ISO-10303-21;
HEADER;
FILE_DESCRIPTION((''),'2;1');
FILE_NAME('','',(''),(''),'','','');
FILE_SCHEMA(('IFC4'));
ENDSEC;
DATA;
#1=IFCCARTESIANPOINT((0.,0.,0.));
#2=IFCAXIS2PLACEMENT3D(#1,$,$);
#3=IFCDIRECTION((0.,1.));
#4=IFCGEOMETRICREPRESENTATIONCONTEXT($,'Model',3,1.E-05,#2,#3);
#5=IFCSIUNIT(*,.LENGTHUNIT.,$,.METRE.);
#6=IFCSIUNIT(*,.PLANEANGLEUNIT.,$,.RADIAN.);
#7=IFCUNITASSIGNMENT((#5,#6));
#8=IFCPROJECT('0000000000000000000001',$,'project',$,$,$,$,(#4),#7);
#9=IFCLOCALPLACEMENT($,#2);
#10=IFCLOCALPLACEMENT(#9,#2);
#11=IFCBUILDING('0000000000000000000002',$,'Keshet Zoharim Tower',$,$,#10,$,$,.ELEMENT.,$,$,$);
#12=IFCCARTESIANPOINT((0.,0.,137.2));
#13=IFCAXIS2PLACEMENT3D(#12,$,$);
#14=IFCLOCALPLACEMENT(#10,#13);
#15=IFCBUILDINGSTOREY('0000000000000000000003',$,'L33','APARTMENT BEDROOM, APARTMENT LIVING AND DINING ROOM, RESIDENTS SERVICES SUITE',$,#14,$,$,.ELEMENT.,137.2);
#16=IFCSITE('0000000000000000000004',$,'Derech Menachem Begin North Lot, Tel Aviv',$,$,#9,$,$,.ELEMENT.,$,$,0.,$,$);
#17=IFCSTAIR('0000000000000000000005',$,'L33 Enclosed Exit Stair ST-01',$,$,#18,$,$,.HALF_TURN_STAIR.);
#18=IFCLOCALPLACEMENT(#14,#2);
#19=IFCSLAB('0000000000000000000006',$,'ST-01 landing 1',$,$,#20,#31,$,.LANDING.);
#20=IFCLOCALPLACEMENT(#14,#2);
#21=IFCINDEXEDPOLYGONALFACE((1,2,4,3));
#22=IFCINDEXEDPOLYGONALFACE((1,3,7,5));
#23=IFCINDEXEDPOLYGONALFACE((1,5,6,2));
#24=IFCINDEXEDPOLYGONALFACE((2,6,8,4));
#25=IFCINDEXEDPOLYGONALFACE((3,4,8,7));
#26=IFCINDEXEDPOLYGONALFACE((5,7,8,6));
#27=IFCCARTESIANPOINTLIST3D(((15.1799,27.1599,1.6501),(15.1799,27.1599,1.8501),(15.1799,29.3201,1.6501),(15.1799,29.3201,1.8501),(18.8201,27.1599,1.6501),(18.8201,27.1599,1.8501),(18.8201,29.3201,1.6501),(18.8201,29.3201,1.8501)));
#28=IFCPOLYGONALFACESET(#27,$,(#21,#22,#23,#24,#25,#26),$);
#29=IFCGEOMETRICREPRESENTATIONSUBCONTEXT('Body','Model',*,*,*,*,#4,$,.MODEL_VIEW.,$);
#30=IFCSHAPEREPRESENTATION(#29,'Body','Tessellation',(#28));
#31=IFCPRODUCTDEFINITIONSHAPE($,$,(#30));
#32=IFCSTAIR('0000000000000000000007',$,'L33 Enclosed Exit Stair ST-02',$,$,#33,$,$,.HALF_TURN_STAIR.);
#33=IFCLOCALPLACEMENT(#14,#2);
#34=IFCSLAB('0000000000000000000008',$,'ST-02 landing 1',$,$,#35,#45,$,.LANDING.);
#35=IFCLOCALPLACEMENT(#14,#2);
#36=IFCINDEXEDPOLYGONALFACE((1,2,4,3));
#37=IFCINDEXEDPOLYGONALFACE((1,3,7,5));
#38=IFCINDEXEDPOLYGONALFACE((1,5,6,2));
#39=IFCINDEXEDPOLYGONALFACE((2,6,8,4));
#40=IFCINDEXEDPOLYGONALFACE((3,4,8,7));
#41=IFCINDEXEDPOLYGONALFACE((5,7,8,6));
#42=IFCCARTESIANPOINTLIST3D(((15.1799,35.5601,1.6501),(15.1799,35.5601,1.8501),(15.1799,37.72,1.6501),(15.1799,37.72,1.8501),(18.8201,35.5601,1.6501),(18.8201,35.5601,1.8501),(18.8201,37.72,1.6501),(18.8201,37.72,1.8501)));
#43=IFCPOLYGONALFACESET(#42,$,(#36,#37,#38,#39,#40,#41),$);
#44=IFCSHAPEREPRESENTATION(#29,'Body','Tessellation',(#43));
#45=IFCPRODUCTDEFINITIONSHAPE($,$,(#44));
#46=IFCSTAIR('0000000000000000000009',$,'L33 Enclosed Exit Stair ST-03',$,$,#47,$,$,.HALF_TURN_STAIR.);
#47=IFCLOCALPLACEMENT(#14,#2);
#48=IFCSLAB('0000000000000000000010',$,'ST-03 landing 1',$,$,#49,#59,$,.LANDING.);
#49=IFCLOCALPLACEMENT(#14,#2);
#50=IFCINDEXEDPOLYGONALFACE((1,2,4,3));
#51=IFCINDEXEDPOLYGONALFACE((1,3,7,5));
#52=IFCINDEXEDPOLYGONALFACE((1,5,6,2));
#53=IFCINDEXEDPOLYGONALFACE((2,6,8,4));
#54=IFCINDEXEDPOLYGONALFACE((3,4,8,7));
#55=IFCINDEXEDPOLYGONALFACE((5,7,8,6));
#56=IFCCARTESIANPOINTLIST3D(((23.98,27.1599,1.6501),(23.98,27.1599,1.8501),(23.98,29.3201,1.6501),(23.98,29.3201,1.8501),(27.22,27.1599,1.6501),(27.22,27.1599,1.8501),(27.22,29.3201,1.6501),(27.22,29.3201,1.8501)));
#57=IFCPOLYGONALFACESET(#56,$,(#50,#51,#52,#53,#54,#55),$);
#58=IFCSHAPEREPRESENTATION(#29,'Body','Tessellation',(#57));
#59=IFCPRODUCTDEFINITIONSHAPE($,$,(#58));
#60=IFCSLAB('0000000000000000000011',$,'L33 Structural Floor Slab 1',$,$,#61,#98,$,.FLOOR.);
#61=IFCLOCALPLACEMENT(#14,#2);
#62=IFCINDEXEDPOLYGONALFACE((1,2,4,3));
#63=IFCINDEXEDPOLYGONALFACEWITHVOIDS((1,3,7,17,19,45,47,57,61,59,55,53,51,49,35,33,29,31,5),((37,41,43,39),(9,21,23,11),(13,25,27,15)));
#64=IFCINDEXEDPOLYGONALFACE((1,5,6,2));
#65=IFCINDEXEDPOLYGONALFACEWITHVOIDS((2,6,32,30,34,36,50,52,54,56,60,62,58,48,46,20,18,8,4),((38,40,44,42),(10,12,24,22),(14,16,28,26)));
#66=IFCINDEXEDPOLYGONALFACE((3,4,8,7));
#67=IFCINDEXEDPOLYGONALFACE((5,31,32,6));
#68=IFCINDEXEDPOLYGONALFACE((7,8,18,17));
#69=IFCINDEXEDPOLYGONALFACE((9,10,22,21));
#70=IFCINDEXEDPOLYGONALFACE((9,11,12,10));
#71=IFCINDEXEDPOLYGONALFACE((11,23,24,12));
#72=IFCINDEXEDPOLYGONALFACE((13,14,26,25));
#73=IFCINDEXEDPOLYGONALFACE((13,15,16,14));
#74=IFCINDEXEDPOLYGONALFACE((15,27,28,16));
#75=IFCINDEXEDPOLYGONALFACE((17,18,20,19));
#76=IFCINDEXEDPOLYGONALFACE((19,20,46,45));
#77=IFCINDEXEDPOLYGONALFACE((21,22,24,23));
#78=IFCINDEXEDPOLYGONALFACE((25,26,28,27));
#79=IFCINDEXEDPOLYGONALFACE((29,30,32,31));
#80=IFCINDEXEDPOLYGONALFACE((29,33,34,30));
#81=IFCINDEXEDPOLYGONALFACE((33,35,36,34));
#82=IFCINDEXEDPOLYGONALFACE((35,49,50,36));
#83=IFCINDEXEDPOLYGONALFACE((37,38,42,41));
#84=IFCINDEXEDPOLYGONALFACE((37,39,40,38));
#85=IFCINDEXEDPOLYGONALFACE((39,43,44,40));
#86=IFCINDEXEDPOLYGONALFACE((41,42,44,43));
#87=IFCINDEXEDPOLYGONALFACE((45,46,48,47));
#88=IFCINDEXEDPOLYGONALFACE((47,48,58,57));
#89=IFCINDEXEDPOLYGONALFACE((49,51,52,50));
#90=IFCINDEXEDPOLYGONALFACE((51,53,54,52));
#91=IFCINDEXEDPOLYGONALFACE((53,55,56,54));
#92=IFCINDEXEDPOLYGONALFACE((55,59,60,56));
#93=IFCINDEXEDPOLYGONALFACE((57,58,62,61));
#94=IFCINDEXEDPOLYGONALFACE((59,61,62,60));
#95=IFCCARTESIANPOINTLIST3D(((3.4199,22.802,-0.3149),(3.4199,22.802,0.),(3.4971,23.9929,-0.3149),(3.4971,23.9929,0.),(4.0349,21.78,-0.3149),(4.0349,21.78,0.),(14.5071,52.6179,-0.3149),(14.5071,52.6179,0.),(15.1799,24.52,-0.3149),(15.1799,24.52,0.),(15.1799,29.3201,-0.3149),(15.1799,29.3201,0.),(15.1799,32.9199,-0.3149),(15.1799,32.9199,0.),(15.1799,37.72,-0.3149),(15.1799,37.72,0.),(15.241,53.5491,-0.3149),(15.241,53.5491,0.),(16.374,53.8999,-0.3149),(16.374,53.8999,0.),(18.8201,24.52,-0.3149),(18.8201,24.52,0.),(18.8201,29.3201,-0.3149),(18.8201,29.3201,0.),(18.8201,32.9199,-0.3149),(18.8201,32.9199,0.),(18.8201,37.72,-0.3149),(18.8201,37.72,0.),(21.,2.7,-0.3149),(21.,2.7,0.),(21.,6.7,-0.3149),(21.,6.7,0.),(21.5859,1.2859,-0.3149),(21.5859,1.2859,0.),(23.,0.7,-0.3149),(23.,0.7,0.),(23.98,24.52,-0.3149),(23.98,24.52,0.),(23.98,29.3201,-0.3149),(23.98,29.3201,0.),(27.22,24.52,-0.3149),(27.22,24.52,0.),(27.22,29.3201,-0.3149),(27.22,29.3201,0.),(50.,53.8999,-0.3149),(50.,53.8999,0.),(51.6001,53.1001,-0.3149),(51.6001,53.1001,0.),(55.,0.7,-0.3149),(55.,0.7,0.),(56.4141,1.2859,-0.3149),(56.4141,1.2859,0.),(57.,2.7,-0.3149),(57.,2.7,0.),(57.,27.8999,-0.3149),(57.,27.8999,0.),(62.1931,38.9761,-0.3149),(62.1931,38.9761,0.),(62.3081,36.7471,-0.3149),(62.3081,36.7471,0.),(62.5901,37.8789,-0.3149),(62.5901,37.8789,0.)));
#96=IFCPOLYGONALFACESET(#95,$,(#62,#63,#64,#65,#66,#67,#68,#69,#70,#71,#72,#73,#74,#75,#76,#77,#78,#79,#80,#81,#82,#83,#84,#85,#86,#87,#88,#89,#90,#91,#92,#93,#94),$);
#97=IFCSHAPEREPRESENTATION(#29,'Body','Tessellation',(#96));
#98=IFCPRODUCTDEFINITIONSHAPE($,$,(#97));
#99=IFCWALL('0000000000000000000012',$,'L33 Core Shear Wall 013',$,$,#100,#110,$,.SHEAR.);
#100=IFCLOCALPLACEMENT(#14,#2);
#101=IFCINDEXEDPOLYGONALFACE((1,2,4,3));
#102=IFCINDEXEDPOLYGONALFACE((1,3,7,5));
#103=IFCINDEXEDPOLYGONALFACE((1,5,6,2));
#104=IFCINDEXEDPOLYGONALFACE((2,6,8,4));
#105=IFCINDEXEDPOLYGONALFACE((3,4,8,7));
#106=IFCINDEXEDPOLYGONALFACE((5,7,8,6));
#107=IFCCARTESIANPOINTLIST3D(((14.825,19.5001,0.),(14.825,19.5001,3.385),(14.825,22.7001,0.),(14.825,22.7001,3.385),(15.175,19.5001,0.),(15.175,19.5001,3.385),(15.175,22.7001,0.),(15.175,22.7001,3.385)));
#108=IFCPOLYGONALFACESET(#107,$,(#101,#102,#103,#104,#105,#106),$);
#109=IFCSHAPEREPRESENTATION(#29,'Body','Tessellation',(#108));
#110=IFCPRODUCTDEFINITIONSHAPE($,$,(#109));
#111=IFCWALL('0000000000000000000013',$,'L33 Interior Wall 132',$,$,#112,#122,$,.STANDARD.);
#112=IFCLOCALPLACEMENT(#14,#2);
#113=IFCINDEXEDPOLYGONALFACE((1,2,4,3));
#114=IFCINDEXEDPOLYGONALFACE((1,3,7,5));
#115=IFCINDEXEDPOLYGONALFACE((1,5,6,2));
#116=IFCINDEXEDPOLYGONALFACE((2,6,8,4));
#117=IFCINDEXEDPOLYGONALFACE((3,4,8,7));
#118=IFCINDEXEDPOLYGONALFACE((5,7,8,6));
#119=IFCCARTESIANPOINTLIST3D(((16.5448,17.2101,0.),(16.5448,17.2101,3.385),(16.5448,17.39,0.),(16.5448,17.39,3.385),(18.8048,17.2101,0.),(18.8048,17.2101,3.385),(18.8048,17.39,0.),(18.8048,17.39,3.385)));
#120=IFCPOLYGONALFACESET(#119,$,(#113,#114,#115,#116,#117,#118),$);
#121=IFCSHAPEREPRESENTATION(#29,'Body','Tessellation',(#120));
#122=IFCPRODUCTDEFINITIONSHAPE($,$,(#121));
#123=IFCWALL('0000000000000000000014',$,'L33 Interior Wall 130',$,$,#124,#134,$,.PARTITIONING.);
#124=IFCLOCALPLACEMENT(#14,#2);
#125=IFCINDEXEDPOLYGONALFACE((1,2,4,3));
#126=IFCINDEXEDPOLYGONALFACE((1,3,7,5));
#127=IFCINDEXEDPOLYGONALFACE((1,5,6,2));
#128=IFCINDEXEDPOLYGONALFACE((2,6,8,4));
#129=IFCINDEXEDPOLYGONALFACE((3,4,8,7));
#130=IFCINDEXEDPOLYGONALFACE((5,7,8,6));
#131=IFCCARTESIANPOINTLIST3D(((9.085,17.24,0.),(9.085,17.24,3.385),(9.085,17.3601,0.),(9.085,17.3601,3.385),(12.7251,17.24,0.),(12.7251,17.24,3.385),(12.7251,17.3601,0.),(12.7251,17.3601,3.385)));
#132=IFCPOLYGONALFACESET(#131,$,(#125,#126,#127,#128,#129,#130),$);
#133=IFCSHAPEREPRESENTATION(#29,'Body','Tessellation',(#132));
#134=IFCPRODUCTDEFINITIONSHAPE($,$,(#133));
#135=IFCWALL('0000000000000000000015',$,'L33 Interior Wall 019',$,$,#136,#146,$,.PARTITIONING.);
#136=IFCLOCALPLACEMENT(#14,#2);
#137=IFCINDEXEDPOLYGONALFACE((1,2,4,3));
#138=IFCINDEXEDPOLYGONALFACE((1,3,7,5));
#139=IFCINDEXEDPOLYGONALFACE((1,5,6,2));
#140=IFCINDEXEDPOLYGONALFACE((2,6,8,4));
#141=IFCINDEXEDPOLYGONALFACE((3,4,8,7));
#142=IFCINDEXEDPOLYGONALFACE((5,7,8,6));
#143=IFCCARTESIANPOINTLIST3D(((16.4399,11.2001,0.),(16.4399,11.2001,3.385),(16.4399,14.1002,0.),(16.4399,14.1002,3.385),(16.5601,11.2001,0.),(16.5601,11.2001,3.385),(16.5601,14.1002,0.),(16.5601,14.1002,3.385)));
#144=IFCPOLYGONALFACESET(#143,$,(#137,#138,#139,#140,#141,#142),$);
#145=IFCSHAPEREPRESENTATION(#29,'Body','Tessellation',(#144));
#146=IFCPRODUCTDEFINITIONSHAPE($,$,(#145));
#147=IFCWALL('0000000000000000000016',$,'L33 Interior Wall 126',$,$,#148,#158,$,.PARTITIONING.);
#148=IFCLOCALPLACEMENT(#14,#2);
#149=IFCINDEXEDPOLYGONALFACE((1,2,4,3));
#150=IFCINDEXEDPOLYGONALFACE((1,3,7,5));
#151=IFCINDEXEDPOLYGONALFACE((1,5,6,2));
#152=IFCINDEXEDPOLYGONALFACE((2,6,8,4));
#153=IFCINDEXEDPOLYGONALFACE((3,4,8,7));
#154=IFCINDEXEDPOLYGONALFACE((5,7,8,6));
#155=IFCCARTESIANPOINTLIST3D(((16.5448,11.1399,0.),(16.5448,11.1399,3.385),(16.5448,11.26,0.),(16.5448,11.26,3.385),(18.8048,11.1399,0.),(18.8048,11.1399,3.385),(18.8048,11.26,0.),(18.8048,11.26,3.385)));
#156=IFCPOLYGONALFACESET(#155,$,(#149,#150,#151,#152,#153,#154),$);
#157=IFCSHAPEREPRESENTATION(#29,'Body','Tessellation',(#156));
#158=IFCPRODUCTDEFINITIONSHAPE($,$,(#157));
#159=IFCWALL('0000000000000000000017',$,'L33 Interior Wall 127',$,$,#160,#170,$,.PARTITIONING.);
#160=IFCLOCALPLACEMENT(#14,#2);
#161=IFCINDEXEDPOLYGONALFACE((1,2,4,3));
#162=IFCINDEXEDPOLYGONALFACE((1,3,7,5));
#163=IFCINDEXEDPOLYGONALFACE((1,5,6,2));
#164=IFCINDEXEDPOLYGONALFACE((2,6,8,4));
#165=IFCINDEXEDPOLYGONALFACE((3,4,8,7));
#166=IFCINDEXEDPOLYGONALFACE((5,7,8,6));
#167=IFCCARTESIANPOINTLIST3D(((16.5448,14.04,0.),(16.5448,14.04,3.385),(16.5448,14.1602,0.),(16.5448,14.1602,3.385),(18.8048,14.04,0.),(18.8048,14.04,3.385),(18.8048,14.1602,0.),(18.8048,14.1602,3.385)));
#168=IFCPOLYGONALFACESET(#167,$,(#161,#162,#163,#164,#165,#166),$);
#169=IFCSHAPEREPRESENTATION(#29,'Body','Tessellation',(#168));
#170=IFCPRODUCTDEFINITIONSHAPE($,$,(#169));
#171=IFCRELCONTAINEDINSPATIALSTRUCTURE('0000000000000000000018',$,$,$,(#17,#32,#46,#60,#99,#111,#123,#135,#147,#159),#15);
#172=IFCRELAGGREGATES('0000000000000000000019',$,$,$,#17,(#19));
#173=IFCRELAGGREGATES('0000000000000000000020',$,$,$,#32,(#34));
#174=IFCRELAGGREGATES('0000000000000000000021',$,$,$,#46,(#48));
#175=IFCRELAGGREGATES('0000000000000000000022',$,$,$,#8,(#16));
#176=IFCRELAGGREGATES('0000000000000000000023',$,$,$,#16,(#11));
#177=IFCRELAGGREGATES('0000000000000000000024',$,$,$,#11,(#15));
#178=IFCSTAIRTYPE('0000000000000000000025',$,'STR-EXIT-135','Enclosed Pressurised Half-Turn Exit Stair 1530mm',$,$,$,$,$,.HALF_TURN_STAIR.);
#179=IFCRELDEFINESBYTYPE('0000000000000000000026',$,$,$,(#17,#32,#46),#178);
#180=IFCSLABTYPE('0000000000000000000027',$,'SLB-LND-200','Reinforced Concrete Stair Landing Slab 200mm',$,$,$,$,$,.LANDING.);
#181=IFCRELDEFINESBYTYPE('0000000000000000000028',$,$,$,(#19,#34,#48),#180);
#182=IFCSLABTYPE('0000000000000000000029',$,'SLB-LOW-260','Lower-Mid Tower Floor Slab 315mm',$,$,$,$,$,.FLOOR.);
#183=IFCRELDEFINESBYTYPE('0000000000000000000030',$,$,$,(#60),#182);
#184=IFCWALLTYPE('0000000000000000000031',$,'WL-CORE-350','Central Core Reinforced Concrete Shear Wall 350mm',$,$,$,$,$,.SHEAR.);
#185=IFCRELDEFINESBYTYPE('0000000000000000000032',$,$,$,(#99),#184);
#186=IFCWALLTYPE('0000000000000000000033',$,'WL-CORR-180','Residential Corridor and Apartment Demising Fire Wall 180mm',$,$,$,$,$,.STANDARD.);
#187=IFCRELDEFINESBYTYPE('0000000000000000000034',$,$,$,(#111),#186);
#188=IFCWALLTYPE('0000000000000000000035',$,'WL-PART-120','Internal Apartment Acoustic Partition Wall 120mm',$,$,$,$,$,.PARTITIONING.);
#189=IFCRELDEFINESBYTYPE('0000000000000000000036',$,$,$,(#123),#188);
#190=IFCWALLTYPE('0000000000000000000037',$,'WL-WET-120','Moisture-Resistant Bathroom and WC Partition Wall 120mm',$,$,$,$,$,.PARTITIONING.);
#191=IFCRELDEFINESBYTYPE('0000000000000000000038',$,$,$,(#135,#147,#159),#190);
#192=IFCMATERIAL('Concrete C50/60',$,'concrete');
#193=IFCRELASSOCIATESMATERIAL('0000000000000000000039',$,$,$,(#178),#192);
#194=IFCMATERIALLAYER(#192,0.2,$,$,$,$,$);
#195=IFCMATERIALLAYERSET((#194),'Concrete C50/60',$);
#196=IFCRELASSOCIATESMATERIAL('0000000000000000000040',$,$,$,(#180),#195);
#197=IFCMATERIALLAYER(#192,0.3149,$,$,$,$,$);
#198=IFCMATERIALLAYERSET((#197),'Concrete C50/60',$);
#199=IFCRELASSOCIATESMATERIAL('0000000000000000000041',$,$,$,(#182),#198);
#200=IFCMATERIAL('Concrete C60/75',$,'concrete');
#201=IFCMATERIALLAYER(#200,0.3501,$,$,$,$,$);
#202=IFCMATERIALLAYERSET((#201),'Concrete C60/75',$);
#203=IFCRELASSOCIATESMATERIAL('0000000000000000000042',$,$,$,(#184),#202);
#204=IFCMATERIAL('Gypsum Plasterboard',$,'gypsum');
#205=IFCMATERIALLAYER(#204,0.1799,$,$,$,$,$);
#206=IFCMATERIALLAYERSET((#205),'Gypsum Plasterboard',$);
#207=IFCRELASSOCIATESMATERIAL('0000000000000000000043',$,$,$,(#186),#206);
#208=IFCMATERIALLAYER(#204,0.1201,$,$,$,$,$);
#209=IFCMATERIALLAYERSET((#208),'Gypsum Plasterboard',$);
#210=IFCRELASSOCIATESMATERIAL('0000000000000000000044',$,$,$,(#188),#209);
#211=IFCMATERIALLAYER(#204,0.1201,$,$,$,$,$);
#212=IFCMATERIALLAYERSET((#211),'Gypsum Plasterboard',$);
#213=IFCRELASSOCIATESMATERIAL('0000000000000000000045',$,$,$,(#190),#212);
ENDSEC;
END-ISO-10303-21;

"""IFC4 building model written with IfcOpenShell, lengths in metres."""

from ifc_helpers import new_model, si_unit, direction, frame, frame_2d, origin, place, context, subcontext, project, spatial, polyline, rectangle, outline, extrude, material, layer, layer_set, type_object, element, aggregate, save


model = new_model("IFC4")

# Units and contexts
model_context = context("Model", 3, precision=1e-05, world=origin(), true_north=direction((0.0, 1.0)))
body_context = subcontext(model_context, "Body", "Model", "MODEL_VIEW")
ifc_project = project(units=[si_unit("LENGTHUNIT", "METRE"), si_unit("PLANEANGLEUNIT", "RADIAN")], contexts=[model_context])

# Site, building, storey
site_placement = place(None, origin())
site = spatial("IfcSite", under=ifc_project, at=site_placement, Name="Derech Menachem Begin North Lot, Tel Aviv", CompositionType="ELEMENT", RefElevation=0.0)
building_placement = place(site_placement, origin())
building = spatial("IfcBuilding", under=site, at=building_placement, Name="Keshet Zoharim Tower", CompositionType="ELEMENT")
storey_placement = place(building_placement, frame((0.0, 0.0, 137.2)))
storey = spatial("IfcBuildingStorey", under=building, at=storey_placement, Name="L33", Description="APARTMENT BEDROOM, APARTMENT LIVING AND DINING ROOM, RESIDENTS SERVICES SUITE", CompositionType="ELEMENT", Elevation=137.2)

# Shared definitions
ifc_material_1 = material(Name="Concrete C60/75", Category="concrete")

# Stairs, slabs
ifc_material_2 = material(Name="Concrete C50/60", Category="concrete")
stair_type = type_object("IfcStairType", Name="STR-EXIT-135", Description="Enclosed Pressurised Half-Turn Exit Stair 1530mm", PredefinedType="HALF_TURN_STAIR", material=ifc_material_2)
stair_1_placement = place(storey_placement, origin())
stair_1 = element("IfcStair", 1, at=stair_1_placement, inside=storey, type_object=stair_type, Name="L33 Enclosed Exit Stair ST-01", PredefinedType="HALF_TURN_STAIR")
ifc_layer_1 = layer(ifc_material_2, 0.2)
ifc_layer_set_1 = layer_set([ifc_layer_1], Name="Concrete C50/60")
slab_type_1 = type_object("IfcSlabType", Name="SLB-LND-200", Description="Reinforced Concrete Stair Landing Slab 200mm", PredefinedType="LANDING", material=ifc_layer_set_1)
slab_1_placement = place(storey_placement, frame((0.0, 0.0, 1.6501)))
slab_1 = element("IfcSlab", 2, at=slab_1_placement, type_object=slab_type_1, Name="ST-01 landing 1", PredefinedType="LANDING", context=body_context, shape_type="SweptSolid", body=[
    extrude(outline(polyline([(15.1799, 27.1599), (18.8201, 27.1599), (18.8201, 29.3201), (15.1799, 29.3201), (15.1799, 27.1599)])), origin(), (0.0, 0.0, 1.0), 0.2),
])
aggregate(stair_1, [slab_1])
stair_2_placement = place(storey_placement, origin())
stair_2 = element("IfcStair", 3, at=stair_2_placement, inside=storey, type_object=stair_type, Name="L33 Enclosed Exit Stair ST-02", PredefinedType="HALF_TURN_STAIR")
slab_2_placement = place(storey_placement, frame((0.0, 0.0, 1.6501)))
slab_2 = element("IfcSlab", 4, at=slab_2_placement, type_object=slab_type_1, Name="ST-02 landing 1", PredefinedType="LANDING", context=body_context, shape_type="SweptSolid", body=[
    extrude(outline(polyline([(15.1799, 35.5601), (18.8201, 35.5601), (18.8201, 37.72), (15.1799, 37.72), (15.1799, 35.5601)])), origin(), (0.0, 0.0, 1.0), 0.2),
])
aggregate(stair_2, [slab_2])
stair_3_placement = place(storey_placement, origin())
stair_3 = element("IfcStair", 5, at=stair_3_placement, inside=storey, type_object=stair_type, Name="L33 Enclosed Exit Stair ST-03", PredefinedType="HALF_TURN_STAIR")
slab_3_placement = place(storey_placement, frame((0.0, 0.0, 1.6501)))
slab_3 = element("IfcSlab", 6, at=slab_3_placement, type_object=slab_type_1, Name="ST-03 landing 1", PredefinedType="LANDING", context=body_context, shape_type="SweptSolid", body=[
    extrude(outline(polyline([(23.98, 27.1599), (27.22, 27.1599), (27.22, 29.3201), (23.98, 29.3201), (23.98, 27.1599)])), origin(), (0.0, 0.0, 1.0), 0.2),
])
aggregate(stair_3, [slab_3])

# Slab
ifc_layer_2 = layer(ifc_material_2, 0.3149)
ifc_layer_set_2 = layer_set([ifc_layer_2], Name="Concrete C50/60")
slab_type_2 = type_object("IfcSlabType", Name="SLB-LOW-260", Description="Lower-Mid Tower Floor Slab 315mm", PredefinedType="FLOOR", material=ifc_layer_set_2)
slab_4_placement = place(storey_placement, frame((0.0, 0.0, -0.3149)))
element("IfcSlab", 7, at=slab_4_placement, inside=storey, type_object=slab_type_2, Name="L33 Structural Floor Slab 1", PredefinedType="FLOOR", context=body_context, shape_type="SweptSolid", body=[
    extrude(outline(polyline([(57.0, 2.7), (56.4141, 1.2859), (55.0, 0.7), (23.0, 0.7), (21.5859, 1.2859), (21.0, 2.7), (21.0, 6.7), (4.0349, 21.78), (3.4199, 22.802), (3.4971, 23.9929), (14.5071, 52.6179), (15.241, 53.5491), (16.374, 53.8999), (50.0, 53.8999), (51.6001, 53.1001), (62.1931, 38.9761), (62.5901, 37.8789), (62.3081, 36.7471), (57.0, 27.8999), (57.0, 2.7)]), holes=[polyline([(15.1799, 24.52), (18.8201, 24.52), (18.8201, 29.3201), (15.1799, 29.3201), (15.1799, 24.52)]), polyline([(15.1799, 32.9199), (18.8201, 32.9199), (18.8201, 37.72), (15.1799, 37.72), (15.1799, 32.9199)]), polyline([(23.98, 24.52), (27.22, 24.52), (27.22, 29.3201), (23.98, 29.3201), (23.98, 24.52)])]), origin(), (0.0, 0.0, 1.0), 0.3149),
])

# Wall
ifc_layer_3 = layer(ifc_material_1, 0.3501)
ifc_layer_set_3 = layer_set([ifc_layer_3], Name="Concrete C60/75")
wall_type_1 = type_object("IfcWallType", Name="WL-CORE-350", Description="Central Core Reinforced Concrete Shear Wall 350mm", PredefinedType="SHEAR", material=ifc_layer_set_3)
wall_1_placement = place(storey_placement, frame((15.0, 19.5, 0.0), z_axis=(0.0, 0.0, 1.0), x_axis=(0.0, 1.0, 0.0)))
element("IfcWall", 8, at=wall_1_placement, inside=storey, type_object=wall_type_1, Name="L33 Core Shear Wall 013", PredefinedType="SHEAR", context=body_context, shape_type="SweptSolid", body=[
    extrude(rectangle(XDim=3.2, YDim=0.3501, at=frame_2d((1.6001, 0.0))), origin(), (0.0, 0.0, 1.0), 3.385),
])

# Shared definitions
ifc_material_3 = material(Name="Gypsum Plasterboard", Category="gypsum")
ifc_layer_4 = layer(ifc_material_3, 0.1799)
ifc_layer_set_4 = layer_set([ifc_layer_4], Name="Gypsum Plasterboard")
wall_type_2 = type_object("IfcWallType", Name="WL-CORR-180", Description="Residential Corridor and Apartment Demising Fire Wall 180mm", PredefinedType="STANDARD", material=ifc_layer_set_4)

# Wall
wall_2_placement = place(storey_placement, frame((16.5449, 17.3, 0.0), z_axis=(0.0, 0.0, 1.0), x_axis=(1.0, 0.0, 0.0)))
element("IfcWall", 9, at=wall_2_placement, inside=storey, type_object=wall_type_2, Name="L33 Interior Wall 132", PredefinedType="STANDARD", context=body_context, shape_type="SweptSolid", body=[
    extrude(rectangle(XDim=2.26, YDim=0.1799, at=frame_2d((1.1299, 0.0))), origin(), (0.0, 0.0, 1.0), 3.385),
])

# Shared definitions
ifc_layer_5 = layer(ifc_material_3, 0.1201)
ifc_layer_set_5 = layer_set([ifc_layer_5], Name="Gypsum Plasterboard")
wall_type_3 = type_object("IfcWallType", Name="WL-PART-120", Description="Internal Apartment Acoustic Partition Wall 120mm", PredefinedType="PARTITIONING", material=ifc_layer_set_5)

# Walls
wall_3_placement = place(storey_placement, frame((9.085, 17.3, 0.0), z_axis=(0.0, 0.0, 1.0), x_axis=(1.0, 0.0, 0.0)))
element("IfcWall", 10, at=wall_3_placement, inside=storey, type_object=wall_type_3, Name="L33 Interior Wall 130", PredefinedType="PARTITIONING", context=body_context, shape_type="SweptSolid", body=[
    extrude(rectangle(XDim=3.6401, YDim=0.1201, at=frame_2d((1.8201, 0.0))), origin(), (0.0, 0.0, 1.0), 3.385),
])
ifc_layer_6 = layer(ifc_material_3, 0.1201)
ifc_layer_set_6 = layer_set([ifc_layer_6], Name="Gypsum Plasterboard")
wall_type_4 = type_object("IfcWallType", Name="WL-WET-120", Description="Moisture-Resistant Bathroom and WC Partition Wall 120mm", PredefinedType="PARTITIONING", material=ifc_layer_set_6)
wall_4_placement = place(storey_placement, frame((16.5, 11.2, 0.0), z_axis=(0.0, 0.0, 1.0), x_axis=(0.0, 1.0, 0.0)))
element("IfcWall", 11, at=wall_4_placement, inside=storey, type_object=wall_type_4, Name="L33 Interior Wall 019", PredefinedType="PARTITIONING", context=body_context, shape_type="SweptSolid", body=[
    extrude(rectangle(XDim=2.9001, YDim=0.1201, at=frame_2d((1.4502, 0.0))), origin(), (0.0, 0.0, 1.0), 3.385),
])
for number, where, z_axis, x_axis, name in (
    (12, (16.5449, 11.2, 0.0), (0.0, 0.0, 1.0), (1.0, 0.0, 0.0), "L33 Interior Wall 126"),
    (13, (16.5449, 14.1001, 0.0), (0.0, 0.0, 1.0), (1.0, 0.0, 0.0), "L33 Interior Wall 127"),
):
    element("IfcWall", number, at=place(storey_placement, frame(where, z_axis=z_axis, x_axis=x_axis)), inside=storey, type_object=wall_type_4, Name=name, PredefinedType="PARTITIONING", context=body_context, shape_type="SweptSolid", body=[
        extrude(rectangle(XDim=2.26, YDim=0.1201, at=frame_2d((1.1299, 0.0))), origin(), (0.0, 0.0, 1.0), 3.385),
    ])

save(model, "model.ifc")
